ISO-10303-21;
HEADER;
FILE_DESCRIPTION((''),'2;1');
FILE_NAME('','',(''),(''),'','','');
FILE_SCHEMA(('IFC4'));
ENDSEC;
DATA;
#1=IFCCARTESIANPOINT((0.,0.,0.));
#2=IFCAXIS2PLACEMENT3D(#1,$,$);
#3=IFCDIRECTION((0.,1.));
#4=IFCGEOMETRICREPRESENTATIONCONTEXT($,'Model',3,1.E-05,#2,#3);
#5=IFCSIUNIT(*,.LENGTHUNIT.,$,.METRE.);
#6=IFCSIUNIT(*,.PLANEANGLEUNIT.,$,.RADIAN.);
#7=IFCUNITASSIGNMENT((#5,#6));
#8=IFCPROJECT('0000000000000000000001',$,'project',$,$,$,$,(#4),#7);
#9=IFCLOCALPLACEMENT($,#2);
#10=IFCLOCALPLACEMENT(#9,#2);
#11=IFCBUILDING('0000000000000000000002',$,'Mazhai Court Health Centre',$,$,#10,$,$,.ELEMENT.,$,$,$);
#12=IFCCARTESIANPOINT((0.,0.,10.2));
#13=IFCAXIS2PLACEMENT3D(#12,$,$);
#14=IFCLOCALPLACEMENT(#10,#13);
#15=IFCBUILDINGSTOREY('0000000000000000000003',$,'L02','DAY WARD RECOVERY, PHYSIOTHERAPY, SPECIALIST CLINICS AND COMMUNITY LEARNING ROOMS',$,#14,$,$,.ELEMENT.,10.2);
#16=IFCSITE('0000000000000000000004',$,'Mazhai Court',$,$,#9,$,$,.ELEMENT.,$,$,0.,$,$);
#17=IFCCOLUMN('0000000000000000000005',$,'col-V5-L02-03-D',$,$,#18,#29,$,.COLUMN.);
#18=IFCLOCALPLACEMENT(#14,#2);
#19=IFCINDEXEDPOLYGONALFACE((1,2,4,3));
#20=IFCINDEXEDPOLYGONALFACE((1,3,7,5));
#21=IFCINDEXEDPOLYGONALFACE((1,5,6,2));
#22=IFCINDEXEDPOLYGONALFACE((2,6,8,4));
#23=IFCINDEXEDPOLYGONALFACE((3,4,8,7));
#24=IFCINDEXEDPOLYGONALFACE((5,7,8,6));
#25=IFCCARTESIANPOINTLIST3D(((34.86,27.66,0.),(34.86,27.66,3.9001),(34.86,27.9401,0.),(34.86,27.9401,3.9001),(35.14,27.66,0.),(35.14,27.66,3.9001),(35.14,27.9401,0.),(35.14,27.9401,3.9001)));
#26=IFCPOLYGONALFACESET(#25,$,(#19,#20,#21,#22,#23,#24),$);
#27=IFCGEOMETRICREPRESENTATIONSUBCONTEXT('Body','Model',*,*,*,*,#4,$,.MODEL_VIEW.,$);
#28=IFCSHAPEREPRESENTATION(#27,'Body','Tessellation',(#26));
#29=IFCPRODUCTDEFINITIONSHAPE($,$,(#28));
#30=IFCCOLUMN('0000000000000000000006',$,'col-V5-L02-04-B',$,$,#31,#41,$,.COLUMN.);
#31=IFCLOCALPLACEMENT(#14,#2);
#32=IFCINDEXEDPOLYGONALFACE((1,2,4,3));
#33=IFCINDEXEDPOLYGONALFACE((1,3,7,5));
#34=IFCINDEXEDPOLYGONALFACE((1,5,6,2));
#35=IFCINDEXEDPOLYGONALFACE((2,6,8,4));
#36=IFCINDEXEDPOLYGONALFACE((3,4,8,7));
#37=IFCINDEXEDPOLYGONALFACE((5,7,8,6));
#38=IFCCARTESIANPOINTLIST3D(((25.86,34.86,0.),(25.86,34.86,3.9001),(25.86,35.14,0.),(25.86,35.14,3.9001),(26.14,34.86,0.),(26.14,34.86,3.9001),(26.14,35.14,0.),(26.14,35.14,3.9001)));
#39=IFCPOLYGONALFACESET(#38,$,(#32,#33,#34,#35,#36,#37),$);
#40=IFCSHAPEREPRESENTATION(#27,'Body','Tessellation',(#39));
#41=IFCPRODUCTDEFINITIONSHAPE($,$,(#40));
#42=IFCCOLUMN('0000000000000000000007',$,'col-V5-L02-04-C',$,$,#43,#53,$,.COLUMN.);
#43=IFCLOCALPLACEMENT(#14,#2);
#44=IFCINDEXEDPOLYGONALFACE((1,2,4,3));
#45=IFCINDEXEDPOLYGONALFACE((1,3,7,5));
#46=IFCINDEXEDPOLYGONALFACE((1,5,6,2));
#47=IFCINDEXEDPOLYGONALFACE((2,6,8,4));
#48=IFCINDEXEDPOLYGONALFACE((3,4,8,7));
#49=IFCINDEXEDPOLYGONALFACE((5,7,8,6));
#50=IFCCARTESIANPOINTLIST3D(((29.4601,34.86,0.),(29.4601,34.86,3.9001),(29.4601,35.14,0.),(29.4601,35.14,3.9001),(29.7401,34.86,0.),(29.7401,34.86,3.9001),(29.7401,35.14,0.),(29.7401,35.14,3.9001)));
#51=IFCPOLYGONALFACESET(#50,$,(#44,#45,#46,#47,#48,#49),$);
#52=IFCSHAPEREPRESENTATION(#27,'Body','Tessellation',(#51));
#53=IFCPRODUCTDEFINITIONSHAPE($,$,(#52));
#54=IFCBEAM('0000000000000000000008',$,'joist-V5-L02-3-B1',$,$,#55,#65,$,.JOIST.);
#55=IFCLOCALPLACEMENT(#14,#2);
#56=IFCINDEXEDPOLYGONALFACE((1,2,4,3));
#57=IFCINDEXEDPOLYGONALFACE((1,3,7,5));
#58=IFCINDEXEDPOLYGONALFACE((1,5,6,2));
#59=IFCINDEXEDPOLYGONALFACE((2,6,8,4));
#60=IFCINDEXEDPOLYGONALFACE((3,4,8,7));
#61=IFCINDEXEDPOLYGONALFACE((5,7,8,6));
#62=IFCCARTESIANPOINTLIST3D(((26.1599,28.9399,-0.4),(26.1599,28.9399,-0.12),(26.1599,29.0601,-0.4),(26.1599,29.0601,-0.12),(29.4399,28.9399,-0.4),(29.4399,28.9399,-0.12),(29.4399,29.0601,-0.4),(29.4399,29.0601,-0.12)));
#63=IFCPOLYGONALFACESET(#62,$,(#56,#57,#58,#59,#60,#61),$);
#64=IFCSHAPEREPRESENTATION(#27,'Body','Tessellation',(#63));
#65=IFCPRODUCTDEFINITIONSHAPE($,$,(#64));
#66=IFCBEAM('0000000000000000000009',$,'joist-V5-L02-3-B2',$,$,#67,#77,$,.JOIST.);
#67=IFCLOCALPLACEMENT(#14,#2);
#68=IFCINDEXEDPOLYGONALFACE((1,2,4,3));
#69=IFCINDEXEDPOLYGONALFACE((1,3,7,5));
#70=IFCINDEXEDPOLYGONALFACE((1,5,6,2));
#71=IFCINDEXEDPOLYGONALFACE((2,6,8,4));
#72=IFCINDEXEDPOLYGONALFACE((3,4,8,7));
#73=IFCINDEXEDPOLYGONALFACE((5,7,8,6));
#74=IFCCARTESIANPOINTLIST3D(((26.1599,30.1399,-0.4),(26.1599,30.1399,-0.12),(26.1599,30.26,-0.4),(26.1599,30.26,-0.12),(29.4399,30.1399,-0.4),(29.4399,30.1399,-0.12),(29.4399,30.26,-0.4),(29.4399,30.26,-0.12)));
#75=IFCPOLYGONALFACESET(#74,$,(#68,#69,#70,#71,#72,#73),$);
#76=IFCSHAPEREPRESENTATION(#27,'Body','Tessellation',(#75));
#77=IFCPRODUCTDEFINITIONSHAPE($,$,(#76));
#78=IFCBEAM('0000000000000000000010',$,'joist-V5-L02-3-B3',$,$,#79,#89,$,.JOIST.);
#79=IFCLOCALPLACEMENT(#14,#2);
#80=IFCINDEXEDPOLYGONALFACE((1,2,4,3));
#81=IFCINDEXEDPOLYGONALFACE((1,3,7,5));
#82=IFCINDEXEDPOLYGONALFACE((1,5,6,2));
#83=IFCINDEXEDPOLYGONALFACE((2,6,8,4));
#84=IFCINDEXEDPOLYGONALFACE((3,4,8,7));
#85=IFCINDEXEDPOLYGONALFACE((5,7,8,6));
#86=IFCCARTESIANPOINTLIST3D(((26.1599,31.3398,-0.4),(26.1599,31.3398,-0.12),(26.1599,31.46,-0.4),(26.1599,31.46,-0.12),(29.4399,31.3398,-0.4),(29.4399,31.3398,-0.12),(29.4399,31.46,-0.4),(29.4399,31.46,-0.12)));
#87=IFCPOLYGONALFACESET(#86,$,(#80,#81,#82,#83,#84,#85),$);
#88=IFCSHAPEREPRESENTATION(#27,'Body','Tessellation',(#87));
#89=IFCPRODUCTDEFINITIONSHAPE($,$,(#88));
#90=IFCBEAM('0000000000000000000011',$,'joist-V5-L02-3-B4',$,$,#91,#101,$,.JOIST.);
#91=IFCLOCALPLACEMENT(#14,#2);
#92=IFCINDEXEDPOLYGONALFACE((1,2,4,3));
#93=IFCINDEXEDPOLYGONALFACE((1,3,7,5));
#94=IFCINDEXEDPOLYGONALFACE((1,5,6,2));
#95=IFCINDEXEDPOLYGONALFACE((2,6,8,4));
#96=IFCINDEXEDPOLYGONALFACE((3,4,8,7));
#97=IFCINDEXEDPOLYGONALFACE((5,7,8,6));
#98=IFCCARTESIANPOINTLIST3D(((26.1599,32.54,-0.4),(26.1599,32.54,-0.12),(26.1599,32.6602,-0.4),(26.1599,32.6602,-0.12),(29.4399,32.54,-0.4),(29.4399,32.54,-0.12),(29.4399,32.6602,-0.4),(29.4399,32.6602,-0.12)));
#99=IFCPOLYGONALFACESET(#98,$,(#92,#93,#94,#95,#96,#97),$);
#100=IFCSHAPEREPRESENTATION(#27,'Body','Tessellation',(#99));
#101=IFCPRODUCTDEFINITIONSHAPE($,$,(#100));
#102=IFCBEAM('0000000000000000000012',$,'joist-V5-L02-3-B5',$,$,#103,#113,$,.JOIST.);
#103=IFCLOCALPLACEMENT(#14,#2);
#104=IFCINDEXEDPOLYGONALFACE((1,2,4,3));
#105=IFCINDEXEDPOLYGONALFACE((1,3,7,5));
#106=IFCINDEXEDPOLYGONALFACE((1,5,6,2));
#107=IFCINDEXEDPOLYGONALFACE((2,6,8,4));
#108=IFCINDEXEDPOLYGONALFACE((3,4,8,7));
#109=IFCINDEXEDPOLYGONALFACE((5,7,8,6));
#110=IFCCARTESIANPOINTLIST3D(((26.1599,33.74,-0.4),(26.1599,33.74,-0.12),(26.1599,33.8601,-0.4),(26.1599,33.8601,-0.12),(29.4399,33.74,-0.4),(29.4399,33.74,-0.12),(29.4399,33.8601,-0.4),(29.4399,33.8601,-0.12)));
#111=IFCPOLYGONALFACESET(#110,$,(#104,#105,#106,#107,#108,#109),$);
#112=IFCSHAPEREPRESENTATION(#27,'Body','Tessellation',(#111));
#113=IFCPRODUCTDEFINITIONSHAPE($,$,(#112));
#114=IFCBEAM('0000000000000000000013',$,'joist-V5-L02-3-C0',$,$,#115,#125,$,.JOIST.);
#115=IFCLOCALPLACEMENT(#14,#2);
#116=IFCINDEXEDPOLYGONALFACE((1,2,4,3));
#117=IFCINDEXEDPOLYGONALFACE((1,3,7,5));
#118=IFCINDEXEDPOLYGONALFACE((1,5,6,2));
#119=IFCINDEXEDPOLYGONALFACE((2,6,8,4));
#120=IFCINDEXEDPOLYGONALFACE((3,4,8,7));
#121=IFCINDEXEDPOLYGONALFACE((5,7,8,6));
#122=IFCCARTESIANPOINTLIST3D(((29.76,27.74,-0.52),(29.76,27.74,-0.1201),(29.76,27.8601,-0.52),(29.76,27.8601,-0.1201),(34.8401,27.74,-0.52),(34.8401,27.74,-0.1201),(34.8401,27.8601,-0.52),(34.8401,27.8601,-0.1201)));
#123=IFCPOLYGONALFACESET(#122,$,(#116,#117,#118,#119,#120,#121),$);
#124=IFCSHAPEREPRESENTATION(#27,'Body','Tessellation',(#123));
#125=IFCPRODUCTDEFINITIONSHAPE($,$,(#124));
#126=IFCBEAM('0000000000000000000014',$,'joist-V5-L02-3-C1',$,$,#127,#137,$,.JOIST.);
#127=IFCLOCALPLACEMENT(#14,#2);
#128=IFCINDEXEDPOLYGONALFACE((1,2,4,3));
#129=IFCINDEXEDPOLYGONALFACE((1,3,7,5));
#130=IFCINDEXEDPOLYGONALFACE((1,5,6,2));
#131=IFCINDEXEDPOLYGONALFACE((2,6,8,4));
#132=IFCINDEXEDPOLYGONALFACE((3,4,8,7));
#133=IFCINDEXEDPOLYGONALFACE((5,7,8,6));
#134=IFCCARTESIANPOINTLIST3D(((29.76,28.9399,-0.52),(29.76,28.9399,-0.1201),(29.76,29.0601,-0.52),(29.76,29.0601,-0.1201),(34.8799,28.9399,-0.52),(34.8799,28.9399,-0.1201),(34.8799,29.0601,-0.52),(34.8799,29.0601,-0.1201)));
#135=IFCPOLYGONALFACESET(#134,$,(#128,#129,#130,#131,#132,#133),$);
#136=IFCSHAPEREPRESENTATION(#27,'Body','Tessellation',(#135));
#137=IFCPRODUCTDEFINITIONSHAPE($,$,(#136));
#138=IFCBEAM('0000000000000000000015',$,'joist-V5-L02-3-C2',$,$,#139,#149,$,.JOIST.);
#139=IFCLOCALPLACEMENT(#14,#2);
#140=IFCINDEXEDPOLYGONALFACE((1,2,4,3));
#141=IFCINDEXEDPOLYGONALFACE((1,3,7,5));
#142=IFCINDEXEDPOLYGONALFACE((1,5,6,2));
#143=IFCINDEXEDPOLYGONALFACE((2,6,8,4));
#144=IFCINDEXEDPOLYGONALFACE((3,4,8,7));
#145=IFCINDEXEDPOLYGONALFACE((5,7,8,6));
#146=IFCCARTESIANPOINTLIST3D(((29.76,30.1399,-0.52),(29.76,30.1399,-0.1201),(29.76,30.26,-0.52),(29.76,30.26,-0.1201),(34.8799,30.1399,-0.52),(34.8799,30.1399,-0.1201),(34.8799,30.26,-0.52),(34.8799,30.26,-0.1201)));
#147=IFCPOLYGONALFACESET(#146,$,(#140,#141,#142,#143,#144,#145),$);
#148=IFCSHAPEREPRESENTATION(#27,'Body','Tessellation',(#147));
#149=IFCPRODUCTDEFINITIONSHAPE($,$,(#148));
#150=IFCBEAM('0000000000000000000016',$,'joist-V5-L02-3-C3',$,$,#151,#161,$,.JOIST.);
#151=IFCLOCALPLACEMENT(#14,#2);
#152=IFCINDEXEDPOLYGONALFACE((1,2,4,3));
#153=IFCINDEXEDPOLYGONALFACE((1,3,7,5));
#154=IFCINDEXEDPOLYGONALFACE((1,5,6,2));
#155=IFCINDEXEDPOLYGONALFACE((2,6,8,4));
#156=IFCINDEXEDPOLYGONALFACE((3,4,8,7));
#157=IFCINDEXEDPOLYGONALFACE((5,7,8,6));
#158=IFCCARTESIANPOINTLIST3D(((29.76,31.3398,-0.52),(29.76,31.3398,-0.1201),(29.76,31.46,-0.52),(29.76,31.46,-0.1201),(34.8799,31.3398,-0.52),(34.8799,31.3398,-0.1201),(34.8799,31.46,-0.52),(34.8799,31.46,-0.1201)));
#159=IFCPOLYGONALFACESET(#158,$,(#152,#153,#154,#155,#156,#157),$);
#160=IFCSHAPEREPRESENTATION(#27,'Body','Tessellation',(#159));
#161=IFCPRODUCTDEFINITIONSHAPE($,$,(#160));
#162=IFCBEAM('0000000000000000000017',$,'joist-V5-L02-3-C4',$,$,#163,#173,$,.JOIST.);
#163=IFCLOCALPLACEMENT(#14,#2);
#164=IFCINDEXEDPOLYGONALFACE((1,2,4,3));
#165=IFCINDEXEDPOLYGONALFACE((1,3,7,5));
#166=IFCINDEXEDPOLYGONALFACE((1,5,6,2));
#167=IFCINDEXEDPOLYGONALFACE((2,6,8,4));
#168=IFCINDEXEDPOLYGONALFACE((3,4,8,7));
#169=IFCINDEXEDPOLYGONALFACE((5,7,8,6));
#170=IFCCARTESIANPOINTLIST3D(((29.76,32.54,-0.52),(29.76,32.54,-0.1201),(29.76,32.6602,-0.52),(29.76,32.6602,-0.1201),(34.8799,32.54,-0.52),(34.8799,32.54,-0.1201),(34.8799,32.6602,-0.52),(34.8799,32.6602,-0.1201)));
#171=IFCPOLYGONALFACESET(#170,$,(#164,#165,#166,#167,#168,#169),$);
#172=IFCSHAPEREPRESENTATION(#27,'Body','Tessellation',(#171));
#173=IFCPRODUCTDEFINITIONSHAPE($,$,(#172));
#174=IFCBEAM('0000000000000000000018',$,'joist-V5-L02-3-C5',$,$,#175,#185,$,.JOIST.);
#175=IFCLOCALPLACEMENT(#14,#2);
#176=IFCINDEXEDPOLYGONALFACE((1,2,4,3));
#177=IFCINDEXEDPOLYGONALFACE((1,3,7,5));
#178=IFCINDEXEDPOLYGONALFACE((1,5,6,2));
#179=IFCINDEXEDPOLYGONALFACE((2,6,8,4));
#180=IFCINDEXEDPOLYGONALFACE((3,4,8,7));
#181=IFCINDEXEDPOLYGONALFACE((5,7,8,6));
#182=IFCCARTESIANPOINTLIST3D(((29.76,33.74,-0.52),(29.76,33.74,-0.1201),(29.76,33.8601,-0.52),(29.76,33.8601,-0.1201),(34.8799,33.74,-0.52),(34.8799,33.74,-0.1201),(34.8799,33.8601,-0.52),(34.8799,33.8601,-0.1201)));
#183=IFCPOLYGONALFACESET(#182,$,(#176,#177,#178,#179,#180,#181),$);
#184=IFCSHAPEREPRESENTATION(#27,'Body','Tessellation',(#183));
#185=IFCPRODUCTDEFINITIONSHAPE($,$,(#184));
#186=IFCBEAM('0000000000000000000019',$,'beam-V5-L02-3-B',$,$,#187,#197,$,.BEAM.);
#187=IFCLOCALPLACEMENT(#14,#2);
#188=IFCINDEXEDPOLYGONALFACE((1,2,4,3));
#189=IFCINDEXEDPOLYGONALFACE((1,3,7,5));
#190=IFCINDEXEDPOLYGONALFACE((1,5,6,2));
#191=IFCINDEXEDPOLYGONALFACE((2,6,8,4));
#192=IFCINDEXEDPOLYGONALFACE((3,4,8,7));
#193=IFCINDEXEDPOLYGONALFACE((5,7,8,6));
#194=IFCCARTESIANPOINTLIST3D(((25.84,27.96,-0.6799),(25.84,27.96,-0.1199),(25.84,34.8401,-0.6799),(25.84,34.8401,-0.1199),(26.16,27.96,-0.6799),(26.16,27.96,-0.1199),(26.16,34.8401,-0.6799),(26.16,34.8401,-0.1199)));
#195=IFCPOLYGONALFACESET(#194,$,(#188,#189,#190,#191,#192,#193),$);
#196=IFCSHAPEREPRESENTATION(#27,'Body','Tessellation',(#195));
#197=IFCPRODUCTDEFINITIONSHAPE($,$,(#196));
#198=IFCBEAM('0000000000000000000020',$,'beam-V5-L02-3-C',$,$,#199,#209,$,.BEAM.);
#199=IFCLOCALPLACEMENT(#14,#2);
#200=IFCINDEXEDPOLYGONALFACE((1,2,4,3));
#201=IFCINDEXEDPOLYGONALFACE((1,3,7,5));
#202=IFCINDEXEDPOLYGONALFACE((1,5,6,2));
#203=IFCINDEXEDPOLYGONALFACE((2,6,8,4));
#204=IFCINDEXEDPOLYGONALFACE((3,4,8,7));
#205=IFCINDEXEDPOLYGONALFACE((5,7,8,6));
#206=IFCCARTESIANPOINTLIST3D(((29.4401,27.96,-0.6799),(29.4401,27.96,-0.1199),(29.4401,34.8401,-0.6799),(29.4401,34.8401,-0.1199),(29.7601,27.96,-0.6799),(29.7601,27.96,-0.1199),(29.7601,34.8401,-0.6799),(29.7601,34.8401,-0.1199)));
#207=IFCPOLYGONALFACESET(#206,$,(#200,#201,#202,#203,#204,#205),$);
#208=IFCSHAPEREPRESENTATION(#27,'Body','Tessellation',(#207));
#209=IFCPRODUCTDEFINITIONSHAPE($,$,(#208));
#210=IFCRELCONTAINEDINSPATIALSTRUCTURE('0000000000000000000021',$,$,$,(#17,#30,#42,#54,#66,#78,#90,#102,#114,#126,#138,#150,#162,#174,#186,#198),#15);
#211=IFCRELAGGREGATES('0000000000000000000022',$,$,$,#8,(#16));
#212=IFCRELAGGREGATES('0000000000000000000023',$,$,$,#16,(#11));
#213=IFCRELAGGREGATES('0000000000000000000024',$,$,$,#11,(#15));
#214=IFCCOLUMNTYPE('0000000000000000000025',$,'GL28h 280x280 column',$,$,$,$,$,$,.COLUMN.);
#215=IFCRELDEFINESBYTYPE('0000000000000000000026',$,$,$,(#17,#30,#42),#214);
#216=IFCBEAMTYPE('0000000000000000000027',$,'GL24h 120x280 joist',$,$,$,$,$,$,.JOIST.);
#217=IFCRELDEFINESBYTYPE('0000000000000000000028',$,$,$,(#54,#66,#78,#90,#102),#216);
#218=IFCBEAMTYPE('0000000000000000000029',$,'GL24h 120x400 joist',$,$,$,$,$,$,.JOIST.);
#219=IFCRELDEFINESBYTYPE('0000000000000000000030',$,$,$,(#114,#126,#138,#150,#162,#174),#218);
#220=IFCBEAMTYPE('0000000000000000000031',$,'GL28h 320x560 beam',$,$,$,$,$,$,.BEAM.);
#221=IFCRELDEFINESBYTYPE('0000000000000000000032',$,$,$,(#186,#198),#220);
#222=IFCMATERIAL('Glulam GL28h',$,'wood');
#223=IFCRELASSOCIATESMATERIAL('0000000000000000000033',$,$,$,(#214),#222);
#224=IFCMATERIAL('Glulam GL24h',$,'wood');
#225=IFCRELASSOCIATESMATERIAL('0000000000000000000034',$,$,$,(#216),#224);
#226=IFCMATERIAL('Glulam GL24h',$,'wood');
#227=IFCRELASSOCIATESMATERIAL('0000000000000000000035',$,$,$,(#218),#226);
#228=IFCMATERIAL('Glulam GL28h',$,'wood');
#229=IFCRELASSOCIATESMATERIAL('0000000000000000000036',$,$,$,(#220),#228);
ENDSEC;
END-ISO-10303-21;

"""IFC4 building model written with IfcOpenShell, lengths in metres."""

from ifc_helpers import new_model, si_unit, direction, frame, origin, origin_2d, place, context, subcontext, project, spatial, rectangle, extrude, material, material_profile, profile_set, type_object, element, save


model = new_model("IFC4")

# Units and contexts
model_context = context("Model", 3, precision=1e-05, world=origin(), true_north=direction((0.0, 1.0)))
body_context = subcontext(model_context, "Body", "Model", "MODEL_VIEW")
ifc_project = project(units=[si_unit("LENGTHUNIT", "METRE"), si_unit("PLANEANGLEUNIT", "RADIAN")], contexts=[model_context])

# Site, building, storey
site_placement = place(None, origin())
site = spatial("IfcSite", under=ifc_project, at=site_placement, Name="Mazhai Court", CompositionType="ELEMENT", RefElevation=0.0)
building_placement = place(site_placement, origin())
building = spatial("IfcBuilding", under=site, at=building_placement, Name="Mazhai Court Health Centre", CompositionType="ELEMENT")
storey_placement = place(building_placement, frame((0.0, 0.0, 10.2)))
storey = spatial("IfcBuildingStorey", under=building, at=storey_placement, Name="L02", Description="DAY WARD RECOVERY, PHYSIOTHERAPY, SPECIALIST CLINICS AND COMMUNITY LEARNING ROOMS", CompositionType="ELEMENT", Elevation=10.2)

# Columns
ifc_material_1 = material(Name="Glulam GL28h", Category="wood")
ifc_material_profile_1 = material_profile(ifc_material_1, rectangle(XDim=0.28, YDim=0.28, at=origin_2d()), Name="GL28h 280x280")
ifc_profile_set_1 = profile_set([ifc_material_profile_1], Name="Glulam GL28h")
column_type = type_object("IfcColumnType", Name="GL28h 280x280 column", PredefinedType="COLUMN", material=ifc_profile_set_1)
for number, where, z_axis, x_axis, name in (
    (1, (35.0, 27.8, 0.0), (0.0, 0.0, 1.0), (1.0, 0.0, 0.0), "col-V5-L02-03-D"),
    (2, (26.0, 35.0, 0.0), (0.0, 0.0, 1.0), (1.0, 0.0, 0.0), "col-V5-L02-04-B"),
    (3, (29.6001, 35.0, 0.0), (0.0, 0.0, 1.0), (1.0, 0.0, 0.0), "col-V5-L02-04-C"),
):
    element("IfcColumn", number, at=place(storey_placement, frame(where, z_axis=z_axis, x_axis=x_axis)), inside=storey, type_object=column_type, Name=name, PredefinedType="COLUMN", context=body_context, shape_type="SweptSolid", body=[
        extrude(rectangle(XDim=0.28, YDim=0.28, at=origin_2d()), origin(), (0.0, 0.0, 1.0), 3.9001),
    ])

# Beams
ifc_material_2 = material(Name="Glulam GL24h", Category="wood")
ifc_material_profile_2 = material_profile(ifc_material_2, rectangle(XDim=0.1201, YDim=0.28, at=origin_2d()), Name="GL24h 120x280")
ifc_profile_set_2 = profile_set([ifc_material_profile_2], Name="Glulam GL24h")
beam_type_1 = type_object("IfcBeamType", Name="GL24h 120x280 joist", PredefinedType="JOIST", material=ifc_profile_set_2)
for number, where, z_axis, x_axis, name in (
    (4, (26.1599, 29.0, -0.26), (1.0, 0.0, 0.0), (0.0, 1.0, 0.0), "joist-V5-L02-3-B1"),
    (5, (26.1599, 30.2, -0.26), (1.0, 0.0, 0.0), (0.0, 1.0, 0.0), "joist-V5-L02-3-B2"),
    (6, (26.1599, 31.3999, -0.26), (1.0, 0.0, 0.0), (0.0, 1.0, 0.0), "joist-V5-L02-3-B3"),
    (7, (26.1599, 32.6001, -0.26), (1.0, 0.0, 0.0), (0.0, 1.0, 0.0), "joist-V5-L02-3-B4"),
    (8, (26.1599, 33.8, -0.26), (1.0, 0.0, 0.0), (0.0, 1.0, 0.0), "joist-V5-L02-3-B5"),
):
    element("IfcBeam", number, at=place(storey_placement, frame(where, z_axis=z_axis, x_axis=x_axis)), inside=storey, type_object=beam_type_1, Name=name, PredefinedType="JOIST", context=body_context, shape_type="SweptSolid", body=[
        extrude(rectangle(XDim=0.1201, YDim=0.28, at=origin_2d()), origin(), (0.0, 0.0, 1.0), 3.28),
    ])
ifc_material_3 = material(Name="Glulam GL24h", Category="wood")
ifc_material_profile_3 = material_profile(ifc_material_3, rectangle(XDim=0.1201, YDim=0.3999, at=origin_2d()), Name="GL24h 120x400")
ifc_profile_set_3 = profile_set([ifc_material_profile_3], Name="Glulam GL24h")
beam_type_2 = type_object("IfcBeamType", Name="GL24h 120x400 joist", PredefinedType="JOIST", material=ifc_profile_set_3)
beam_placement = place(storey_placement, frame((29.76, 27.8, -0.3201), z_axis=(1.0, 0.0, 0.0), x_axis=(0.0, 1.0, 0.0)))
element("IfcBeam", 9, at=beam_placement, inside=storey, type_object=beam_type_2, Name="joist-V5-L02-3-C0", PredefinedType="JOIST", context=body_context, shape_type="SweptSolid", body=[
    extrude(rectangle(XDim=0.1201, YDim=0.3999, at=origin_2d()), origin(), (0.0, 0.0, 1.0), 5.0801),
])
for number, where, z_axis, x_axis, name in (
    (10, (29.76, 29.0, -0.3201), (1.0, 0.0, 0.0), (0.0, 1.0, 0.0), "joist-V5-L02-3-C1"),
    (11, (29.76, 30.2, -0.3201), (1.0, 0.0, 0.0), (0.0, 1.0, 0.0), "joist-V5-L02-3-C2"),
    (12, (29.76, 31.3999, -0.3201), (1.0, 0.0, 0.0), (0.0, 1.0, 0.0), "joist-V5-L02-3-C3"),
    (13, (29.76, 32.6001, -0.3201), (1.0, 0.0, 0.0), (0.0, 1.0, 0.0), "joist-V5-L02-3-C4"),
    (14, (29.76, 33.8, -0.3201), (1.0, 0.0, 0.0), (0.0, 1.0, 0.0), "joist-V5-L02-3-C5"),
):
    element("IfcBeam", number, at=place(storey_placement, frame(where, z_axis=z_axis, x_axis=x_axis)), inside=storey, type_object=beam_type_2, Name=name, PredefinedType="JOIST", context=body_context, shape_type="SweptSolid", body=[
        extrude(rectangle(XDim=0.1201, YDim=0.3999, at=origin_2d()), origin(), (0.0, 0.0, 1.0), 5.1199),
    ])
ifc_material_4 = material(Name="Glulam GL28h", Category="wood")
ifc_material_profile_4 = material_profile(ifc_material_4, rectangle(XDim=0.3201, YDim=0.5601, at=origin_2d()), Name="GL28h 320x560")
ifc_profile_set_4 = profile_set([ifc_material_profile_4], Name="Glulam GL28h")
beam_type_3 = type_object("IfcBeamType", Name="GL28h 320x560 beam", PredefinedType="BEAM", material=ifc_profile_set_4)
for number, where, z_axis, x_axis, name in (
    (15, (26.0, 27.96, -0.3999), (0.0, 1.0, 0.0), (-1.0, 0.0, 0.0), "beam-V5-L02-3-B"),
    (16, (29.6001, 27.96, -0.3999), (0.0, 1.0, 0.0), (-1.0, 0.0, 0.0), "beam-V5-L02-3-C"),
):
    element("IfcBeam", number, at=place(storey_placement, frame(where, z_axis=z_axis, x_axis=x_axis)), inside=storey, type_object=beam_type_3, Name=name, PredefinedType="BEAM", context=body_context, shape_type="SweptSolid", body=[
        extrude(rectangle(XDim=0.3201, YDim=0.5601, at=origin_2d()), origin(), (0.0, 0.0, 1.0), 6.8801),
    ])

save(model, "model.ifc")
